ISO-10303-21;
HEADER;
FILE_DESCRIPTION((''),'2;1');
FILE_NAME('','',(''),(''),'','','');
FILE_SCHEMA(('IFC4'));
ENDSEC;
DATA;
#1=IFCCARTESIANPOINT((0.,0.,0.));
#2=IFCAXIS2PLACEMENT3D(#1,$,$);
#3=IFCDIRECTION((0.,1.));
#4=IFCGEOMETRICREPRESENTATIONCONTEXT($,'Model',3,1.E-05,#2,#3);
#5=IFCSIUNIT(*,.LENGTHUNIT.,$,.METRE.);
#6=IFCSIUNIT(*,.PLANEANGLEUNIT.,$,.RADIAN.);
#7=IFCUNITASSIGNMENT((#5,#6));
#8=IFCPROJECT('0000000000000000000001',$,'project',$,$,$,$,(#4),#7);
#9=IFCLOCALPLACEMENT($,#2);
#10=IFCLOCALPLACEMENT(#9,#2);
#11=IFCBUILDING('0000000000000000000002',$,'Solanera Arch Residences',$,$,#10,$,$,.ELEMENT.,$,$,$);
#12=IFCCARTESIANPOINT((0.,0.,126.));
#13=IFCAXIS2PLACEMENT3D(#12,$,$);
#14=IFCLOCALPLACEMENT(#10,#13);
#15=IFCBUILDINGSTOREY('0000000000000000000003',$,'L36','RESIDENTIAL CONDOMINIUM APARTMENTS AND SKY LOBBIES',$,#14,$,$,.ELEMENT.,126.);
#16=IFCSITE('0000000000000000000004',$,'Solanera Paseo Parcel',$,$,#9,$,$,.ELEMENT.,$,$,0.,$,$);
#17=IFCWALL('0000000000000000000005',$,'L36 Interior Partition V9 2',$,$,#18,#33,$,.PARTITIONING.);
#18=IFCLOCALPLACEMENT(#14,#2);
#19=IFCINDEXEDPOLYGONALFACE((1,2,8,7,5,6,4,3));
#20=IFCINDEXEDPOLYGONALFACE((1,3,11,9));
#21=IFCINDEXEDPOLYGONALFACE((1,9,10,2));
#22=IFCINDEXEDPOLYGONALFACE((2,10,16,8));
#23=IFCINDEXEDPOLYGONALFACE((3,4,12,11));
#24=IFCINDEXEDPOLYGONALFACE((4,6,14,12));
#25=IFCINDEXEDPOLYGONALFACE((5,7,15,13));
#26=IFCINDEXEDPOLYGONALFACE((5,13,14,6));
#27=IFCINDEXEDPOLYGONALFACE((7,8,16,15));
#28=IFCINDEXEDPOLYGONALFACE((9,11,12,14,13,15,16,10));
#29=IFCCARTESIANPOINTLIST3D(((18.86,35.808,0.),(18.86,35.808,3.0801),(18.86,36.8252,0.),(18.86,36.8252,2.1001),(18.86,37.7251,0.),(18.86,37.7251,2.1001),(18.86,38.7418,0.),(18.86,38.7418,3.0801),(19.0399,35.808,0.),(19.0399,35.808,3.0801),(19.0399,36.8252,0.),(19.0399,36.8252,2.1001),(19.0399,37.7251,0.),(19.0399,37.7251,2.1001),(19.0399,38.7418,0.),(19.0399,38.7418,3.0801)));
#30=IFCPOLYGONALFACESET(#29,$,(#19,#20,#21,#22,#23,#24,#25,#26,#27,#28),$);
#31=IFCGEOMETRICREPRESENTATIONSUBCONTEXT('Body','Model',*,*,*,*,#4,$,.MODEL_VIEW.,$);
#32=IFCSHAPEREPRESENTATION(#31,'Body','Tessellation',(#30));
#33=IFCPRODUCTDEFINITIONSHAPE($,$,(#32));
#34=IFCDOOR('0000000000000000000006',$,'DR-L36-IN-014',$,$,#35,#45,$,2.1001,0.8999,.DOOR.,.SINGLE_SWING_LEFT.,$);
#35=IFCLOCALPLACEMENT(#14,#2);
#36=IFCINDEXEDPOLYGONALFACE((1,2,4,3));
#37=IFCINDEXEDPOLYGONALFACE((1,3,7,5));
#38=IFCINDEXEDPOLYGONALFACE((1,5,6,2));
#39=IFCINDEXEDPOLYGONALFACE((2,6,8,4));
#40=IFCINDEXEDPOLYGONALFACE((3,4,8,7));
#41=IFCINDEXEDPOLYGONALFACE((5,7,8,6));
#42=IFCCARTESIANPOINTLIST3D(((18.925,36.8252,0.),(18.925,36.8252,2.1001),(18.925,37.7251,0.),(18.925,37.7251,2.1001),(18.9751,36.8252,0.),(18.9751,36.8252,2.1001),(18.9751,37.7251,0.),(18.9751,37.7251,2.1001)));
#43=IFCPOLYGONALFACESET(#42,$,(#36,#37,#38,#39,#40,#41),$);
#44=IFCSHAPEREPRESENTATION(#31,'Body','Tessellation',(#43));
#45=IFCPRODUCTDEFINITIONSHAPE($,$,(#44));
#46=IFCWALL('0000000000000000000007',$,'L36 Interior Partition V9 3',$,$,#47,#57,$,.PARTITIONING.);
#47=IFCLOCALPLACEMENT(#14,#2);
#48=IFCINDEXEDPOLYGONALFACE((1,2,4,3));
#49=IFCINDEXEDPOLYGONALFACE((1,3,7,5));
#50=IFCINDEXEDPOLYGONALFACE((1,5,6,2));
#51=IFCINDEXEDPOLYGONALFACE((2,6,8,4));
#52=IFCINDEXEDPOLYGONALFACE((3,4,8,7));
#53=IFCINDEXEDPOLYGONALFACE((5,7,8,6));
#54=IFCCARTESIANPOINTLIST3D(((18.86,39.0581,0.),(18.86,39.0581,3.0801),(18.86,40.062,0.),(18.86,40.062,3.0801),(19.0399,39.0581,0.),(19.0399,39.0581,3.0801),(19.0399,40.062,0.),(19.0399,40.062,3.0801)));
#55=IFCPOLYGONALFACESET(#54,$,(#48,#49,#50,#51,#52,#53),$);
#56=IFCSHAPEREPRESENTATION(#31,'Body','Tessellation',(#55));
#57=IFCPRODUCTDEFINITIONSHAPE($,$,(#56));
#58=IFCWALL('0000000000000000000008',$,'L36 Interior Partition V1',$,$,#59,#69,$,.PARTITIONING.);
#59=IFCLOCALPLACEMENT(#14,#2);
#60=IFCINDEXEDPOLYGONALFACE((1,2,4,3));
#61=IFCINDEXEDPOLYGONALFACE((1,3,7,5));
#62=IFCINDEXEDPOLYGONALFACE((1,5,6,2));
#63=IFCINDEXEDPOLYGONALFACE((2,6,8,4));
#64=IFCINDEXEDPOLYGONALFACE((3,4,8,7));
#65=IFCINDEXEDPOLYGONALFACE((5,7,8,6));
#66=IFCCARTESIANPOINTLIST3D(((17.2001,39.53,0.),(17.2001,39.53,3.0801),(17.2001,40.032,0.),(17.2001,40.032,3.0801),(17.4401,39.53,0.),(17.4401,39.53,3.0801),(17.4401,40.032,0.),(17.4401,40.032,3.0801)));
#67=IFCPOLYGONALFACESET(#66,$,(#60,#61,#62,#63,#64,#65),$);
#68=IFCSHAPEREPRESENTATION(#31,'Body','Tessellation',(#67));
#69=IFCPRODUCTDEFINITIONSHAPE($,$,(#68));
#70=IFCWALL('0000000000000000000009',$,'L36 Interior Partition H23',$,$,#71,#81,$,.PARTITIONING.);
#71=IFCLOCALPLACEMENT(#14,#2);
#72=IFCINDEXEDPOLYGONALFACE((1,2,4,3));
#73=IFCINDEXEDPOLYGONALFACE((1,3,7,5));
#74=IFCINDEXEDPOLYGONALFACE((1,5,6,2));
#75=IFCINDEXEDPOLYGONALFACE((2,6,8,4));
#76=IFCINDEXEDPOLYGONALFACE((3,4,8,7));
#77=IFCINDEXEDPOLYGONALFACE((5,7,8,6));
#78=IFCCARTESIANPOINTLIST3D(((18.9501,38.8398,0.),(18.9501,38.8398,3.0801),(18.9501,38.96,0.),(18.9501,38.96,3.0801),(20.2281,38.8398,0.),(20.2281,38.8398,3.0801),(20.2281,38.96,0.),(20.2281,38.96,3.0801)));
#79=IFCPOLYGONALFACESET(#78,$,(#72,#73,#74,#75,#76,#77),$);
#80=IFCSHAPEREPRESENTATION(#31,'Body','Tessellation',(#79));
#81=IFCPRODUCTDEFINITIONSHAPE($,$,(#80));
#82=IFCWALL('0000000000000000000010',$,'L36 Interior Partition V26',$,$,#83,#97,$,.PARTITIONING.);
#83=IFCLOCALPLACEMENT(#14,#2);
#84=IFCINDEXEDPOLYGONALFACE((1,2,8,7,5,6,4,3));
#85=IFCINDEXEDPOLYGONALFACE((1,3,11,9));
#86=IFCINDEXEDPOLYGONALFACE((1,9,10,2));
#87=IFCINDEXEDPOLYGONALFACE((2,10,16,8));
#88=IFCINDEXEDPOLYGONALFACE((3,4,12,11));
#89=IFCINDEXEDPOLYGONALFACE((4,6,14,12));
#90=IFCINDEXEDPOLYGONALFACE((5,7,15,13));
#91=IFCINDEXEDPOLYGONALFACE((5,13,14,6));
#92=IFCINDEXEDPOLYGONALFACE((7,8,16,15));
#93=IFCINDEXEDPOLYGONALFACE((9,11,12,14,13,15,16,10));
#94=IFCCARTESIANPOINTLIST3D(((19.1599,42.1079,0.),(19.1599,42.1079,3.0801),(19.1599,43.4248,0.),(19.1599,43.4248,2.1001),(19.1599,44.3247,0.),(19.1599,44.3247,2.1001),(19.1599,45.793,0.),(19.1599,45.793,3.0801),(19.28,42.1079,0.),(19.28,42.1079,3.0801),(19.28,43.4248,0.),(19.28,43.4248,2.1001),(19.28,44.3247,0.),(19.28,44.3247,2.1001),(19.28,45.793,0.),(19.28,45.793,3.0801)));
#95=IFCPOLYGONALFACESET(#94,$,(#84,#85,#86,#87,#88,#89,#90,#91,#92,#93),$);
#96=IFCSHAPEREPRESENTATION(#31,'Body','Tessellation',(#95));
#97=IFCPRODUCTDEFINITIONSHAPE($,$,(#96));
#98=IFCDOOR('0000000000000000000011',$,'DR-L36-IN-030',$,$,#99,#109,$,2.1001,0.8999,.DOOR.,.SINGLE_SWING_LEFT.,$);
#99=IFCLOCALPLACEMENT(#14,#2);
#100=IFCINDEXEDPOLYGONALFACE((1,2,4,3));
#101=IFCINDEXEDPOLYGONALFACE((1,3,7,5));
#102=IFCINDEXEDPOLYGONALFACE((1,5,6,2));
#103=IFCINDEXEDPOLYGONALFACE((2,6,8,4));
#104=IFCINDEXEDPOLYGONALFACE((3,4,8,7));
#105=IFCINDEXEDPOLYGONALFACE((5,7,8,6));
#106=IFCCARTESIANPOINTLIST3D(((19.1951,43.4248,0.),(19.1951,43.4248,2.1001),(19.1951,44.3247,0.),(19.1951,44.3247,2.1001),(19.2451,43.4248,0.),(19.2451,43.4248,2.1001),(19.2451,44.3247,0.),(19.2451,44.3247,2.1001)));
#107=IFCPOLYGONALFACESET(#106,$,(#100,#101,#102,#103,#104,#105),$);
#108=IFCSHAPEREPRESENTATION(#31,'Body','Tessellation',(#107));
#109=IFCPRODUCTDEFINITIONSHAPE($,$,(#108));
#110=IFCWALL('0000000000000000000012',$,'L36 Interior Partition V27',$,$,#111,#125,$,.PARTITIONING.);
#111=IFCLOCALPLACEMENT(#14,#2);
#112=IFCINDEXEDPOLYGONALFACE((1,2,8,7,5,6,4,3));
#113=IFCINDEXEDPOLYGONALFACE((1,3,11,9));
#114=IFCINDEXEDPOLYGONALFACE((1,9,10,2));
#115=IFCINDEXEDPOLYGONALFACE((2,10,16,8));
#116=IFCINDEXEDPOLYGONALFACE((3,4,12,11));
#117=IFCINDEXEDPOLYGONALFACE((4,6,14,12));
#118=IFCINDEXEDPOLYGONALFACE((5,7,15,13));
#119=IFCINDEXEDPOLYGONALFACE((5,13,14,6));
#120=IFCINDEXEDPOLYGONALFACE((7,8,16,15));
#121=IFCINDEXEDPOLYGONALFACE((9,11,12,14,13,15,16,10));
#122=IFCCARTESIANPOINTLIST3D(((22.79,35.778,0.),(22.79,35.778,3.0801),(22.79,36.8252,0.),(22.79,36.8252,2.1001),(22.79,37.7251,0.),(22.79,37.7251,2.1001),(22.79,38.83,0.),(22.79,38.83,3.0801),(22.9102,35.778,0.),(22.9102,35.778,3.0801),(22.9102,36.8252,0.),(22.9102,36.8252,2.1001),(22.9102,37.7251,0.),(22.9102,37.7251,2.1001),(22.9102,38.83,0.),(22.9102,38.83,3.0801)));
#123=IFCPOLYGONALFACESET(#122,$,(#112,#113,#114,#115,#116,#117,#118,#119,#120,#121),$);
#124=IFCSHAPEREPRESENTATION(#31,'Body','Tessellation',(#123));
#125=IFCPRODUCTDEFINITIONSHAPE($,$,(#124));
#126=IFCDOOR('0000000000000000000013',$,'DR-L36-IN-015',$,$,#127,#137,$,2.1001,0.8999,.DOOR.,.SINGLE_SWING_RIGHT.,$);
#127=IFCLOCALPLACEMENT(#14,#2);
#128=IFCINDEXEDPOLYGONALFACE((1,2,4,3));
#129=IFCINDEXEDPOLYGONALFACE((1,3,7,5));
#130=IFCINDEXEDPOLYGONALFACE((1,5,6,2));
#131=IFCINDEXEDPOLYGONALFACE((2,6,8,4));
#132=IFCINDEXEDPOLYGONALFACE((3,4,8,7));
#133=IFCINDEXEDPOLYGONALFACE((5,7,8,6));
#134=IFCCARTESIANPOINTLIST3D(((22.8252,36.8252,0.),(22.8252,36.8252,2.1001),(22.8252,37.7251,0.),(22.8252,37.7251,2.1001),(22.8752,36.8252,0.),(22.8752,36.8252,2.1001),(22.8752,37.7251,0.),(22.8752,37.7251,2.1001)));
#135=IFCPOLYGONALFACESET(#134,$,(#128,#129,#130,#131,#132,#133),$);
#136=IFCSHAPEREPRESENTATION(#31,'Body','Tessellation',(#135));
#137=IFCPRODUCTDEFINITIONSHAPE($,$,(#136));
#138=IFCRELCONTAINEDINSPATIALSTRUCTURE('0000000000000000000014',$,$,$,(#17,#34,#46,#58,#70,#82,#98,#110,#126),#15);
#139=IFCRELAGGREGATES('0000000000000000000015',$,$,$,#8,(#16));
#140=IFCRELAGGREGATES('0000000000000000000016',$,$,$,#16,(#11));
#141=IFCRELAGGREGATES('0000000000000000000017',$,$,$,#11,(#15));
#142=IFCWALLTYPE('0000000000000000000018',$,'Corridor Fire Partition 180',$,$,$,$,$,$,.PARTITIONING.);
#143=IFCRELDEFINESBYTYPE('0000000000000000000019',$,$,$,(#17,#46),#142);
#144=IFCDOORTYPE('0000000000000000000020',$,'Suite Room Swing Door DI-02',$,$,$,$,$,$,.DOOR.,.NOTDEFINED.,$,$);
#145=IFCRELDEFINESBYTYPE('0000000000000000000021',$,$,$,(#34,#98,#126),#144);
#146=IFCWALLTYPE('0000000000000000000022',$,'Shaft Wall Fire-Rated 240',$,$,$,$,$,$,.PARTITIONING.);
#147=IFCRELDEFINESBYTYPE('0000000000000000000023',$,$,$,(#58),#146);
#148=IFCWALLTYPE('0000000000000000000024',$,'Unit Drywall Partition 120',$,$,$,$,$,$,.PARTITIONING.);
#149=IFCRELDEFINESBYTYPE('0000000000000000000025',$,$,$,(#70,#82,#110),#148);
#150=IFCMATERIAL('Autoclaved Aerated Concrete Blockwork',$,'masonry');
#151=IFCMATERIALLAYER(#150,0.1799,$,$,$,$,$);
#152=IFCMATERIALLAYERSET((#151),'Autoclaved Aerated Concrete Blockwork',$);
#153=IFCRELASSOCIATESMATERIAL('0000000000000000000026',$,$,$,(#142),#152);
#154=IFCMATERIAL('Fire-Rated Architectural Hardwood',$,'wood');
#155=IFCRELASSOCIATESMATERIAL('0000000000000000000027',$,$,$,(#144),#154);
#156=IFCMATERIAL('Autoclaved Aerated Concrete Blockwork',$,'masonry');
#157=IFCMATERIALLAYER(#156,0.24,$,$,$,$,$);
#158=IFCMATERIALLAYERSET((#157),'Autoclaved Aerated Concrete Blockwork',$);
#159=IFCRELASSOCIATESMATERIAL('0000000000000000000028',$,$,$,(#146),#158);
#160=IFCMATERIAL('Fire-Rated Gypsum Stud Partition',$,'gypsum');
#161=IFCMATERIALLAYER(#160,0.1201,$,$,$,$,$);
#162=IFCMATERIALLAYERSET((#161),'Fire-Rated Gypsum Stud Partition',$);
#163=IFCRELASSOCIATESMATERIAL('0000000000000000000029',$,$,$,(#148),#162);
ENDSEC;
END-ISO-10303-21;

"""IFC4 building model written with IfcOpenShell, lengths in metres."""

from ifc_helpers import new_model, si_unit, direction, frame, frame_2d, origin, place, context, subcontext, project, spatial, rectangle, extrude, material, layer, layer_set, type_object, element, fill, save


model = new_model("IFC4")

# Units and contexts
model_context = context("Model", 3, precision=1e-05, world=origin(), true_north=direction((0.0, 1.0)))
body_context = subcontext(model_context, "Body", "Model", "MODEL_VIEW")
ifc_project = project(units=[si_unit("LENGTHUNIT", "METRE"), si_unit("PLANEANGLEUNIT", "RADIAN")], contexts=[model_context])

# Site, building, storey
site_placement = place(None, origin())
site = spatial("IfcSite", under=ifc_project, at=site_placement, Name="Solanera Paseo Parcel", CompositionType="ELEMENT", RefElevation=0.0)
building_placement = place(site_placement, origin())
building = spatial("IfcBuilding", under=site, at=building_placement, Name="Solanera Arch Residences", CompositionType="ELEMENT")
storey_placement = place(building_placement, frame((0.0, 0.0, 126.0)))
storey = spatial("IfcBuildingStorey", under=building, at=storey_placement, Name="L36", Description="RESIDENTIAL CONDOMINIUM APARTMENTS AND SKY LOBBIES", CompositionType="ELEMENT", Elevation=126.0)

# Wall, opening, door
ifc_material_1 = material(Name="Autoclaved Aerated Concrete Blockwork", Category="masonry")
ifc_layer_1 = layer(ifc_material_1, 0.1799)
ifc_layer_set_1 = layer_set([ifc_layer_1], Name="Autoclaved Aerated Concrete Blockwork")
wall_type_1 = type_object("IfcWallType", Name="Corridor Fire Partition 180", PredefinedType="PARTITIONING", material=ifc_layer_set_1)
wall_1_placement = place(storey_placement, frame((18.95, 35.8081, 0.0), z_axis=(0.0, 0.0, 1.0), x_axis=(0.0, 1.0, 0.0)))
wall_1 = element("IfcWall", 1, at=wall_1_placement, inside=storey, type_object=wall_type_1, Name="L36 Interior Partition V9 2", PredefinedType="PARTITIONING", context=body_context, shape_type="SweptSolid", body=[
    extrude(rectangle(XDim=2.9338, YDim=0.1799, at=frame_2d((1.4668, 0.0))), origin(), (0.0, 0.0, 1.0), 3.0801),
])
opening_1_placement = place(wall_1_placement, frame((1.0171, 0.0, 0.0)))
opening_1 = element("IfcOpeningElement", 2, at=opening_1_placement, cuts=wall_1, PredefinedType="OPENING", context=body_context, shape_type="SweptSolid", body=[
    extrude(rectangle(XDim=0.8999, YDim=2.1001, at=frame_2d((0.45, 1.05))), frame((0.0, 0.1001, 0.0), z_axis=(0.0, -1.0, 0.0), x_axis=(1.0, 0.0, 0.0)), (0.0, 0.0, 1.0), 0.1999),
])
ifc_material_2 = material(Name="Fire-Rated Architectural Hardwood", Category="wood")
door_type = type_object("IfcDoorType", Name="Suite Room Swing Door DI-02", OperationType="NOTDEFINED", PredefinedType="DOOR", material=ifc_material_2)
door_1_placement = place(opening_1_placement, origin())
door_1 = element("IfcDoor", 3, at=door_1_placement, inside=storey, type_object=door_type, Name="DR-L36-IN-014", OperationType="SINGLE_SWING_LEFT", OverallHeight=2.1001, OverallWidth=0.8999, PredefinedType="DOOR", context=body_context, shape_type="SweptSolid", body=[
    extrude(rectangle(XDim=0.8999, YDim=2.1001, at=frame_2d((0.45, 1.05))), frame((0.0, 0.0249, 0.0), z_axis=(0.0, -1.0, 0.0), x_axis=(1.0, 0.0, 0.0)), (0.0, 0.0, 1.0), 0.05),
])
fill(opening_1, door_1)

# Walls
wall_2_placement = place(storey_placement, frame((18.95, 39.0581, 0.0), z_axis=(0.0, 0.0, 1.0), x_axis=(0.0, 1.0, 0.0)))
element("IfcWall", 4, at=wall_2_placement, inside=storey, type_object=wall_type_1, Name="L36 Interior Partition V9 3", PredefinedType="PARTITIONING", context=body_context, shape_type="SweptSolid", body=[
    extrude(rectangle(XDim=1.0039, YDim=0.1799, at=frame_2d((0.502, 0.0))), origin(), (0.0, 0.0, 1.0), 3.0801),
])
ifc_material_3 = material(Name="Autoclaved Aerated Concrete Blockwork", Category="masonry")
ifc_layer_2 = layer(ifc_material_3, 0.24)
ifc_layer_set_2 = layer_set([ifc_layer_2], Name="Autoclaved Aerated Concrete Blockwork")
wall_type_2 = type_object("IfcWallType", Name="Shaft Wall Fire-Rated 240", PredefinedType="PARTITIONING", material=ifc_layer_set_2)
wall_3_placement = place(storey_placement, frame((17.3201, 39.53, 0.0), z_axis=(0.0, 0.0, 1.0), x_axis=(0.0, 1.0, 0.0)))
element("IfcWall", 5, at=wall_3_placement, inside=storey, type_object=wall_type_2, Name="L36 Interior Partition V1", PredefinedType="PARTITIONING", context=body_context, shape_type="SweptSolid", body=[
    extrude(rectangle(XDim=0.502, YDim=0.24, at=frame_2d((0.251, 0.0))), origin(), (0.0, 0.0, 1.0), 3.0801),
])
ifc_material_4 = material(Name="Fire-Rated Gypsum Stud Partition", Category="gypsum")
ifc_layer_3 = layer(ifc_material_4, 0.1201)
ifc_layer_set_3 = layer_set([ifc_layer_3], Name="Fire-Rated Gypsum Stud Partition")
wall_type_3 = type_object("IfcWallType", Name="Unit Drywall Partition 120", PredefinedType="PARTITIONING", material=ifc_layer_set_3)
wall_4_placement = place(storey_placement, frame((18.95, 38.8999, 0.0), z_axis=(0.0, 0.0, 1.0), x_axis=(1.0, 0.0, 0.0)))
element("IfcWall", 6, at=wall_4_placement, inside=storey, type_object=wall_type_3, Name="L36 Interior Partition H23", PredefinedType="PARTITIONING", context=body_context, shape_type="SweptSolid", body=[
    extrude(rectangle(XDim=1.2781, YDim=0.1201, at=frame_2d((0.6392, 0.0))), origin(), (0.0, 0.0, 1.0), 3.0801),
])

# Walls, openings, doors
wall_5_placement = place(storey_placement, frame((19.22, 42.1079, 0.0), z_axis=(0.0, 0.0, 1.0), x_axis=(0.0, 1.0, 0.0)))
wall_5 = element("IfcWall", 7, at=wall_5_placement, inside=storey, type_object=wall_type_3, Name="L36 Interior Partition V26", PredefinedType="PARTITIONING", context=body_context, shape_type="SweptSolid", body=[
    extrude(rectangle(XDim=3.6851, YDim=0.1201, at=frame_2d((1.8425, 0.0))), origin(), (0.0, 0.0, 1.0), 3.0801),
])
opening_2_placement = place(wall_5_placement, frame((1.3169, 0.0, 0.0)))
opening_2 = element("IfcOpeningElement", 8, at=opening_2_placement, cuts=wall_5, PredefinedType="OPENING", context=body_context, shape_type="SweptSolid", body=[
    extrude(rectangle(XDim=0.8999, YDim=2.1001, at=frame_2d((0.45, 1.05))), frame((0.0, 0.0701, 0.0), z_axis=(0.0, -1.0, 0.0), x_axis=(1.0, 0.0, 0.0)), (0.0, 0.0, 1.0), 0.1401),
])
door_2_placement = place(opening_2_placement, origin())
door_2 = element("IfcDoor", 9, at=door_2_placement, inside=storey, type_object=door_type, Name="DR-L36-IN-030", OperationType="SINGLE_SWING_LEFT", OverallHeight=2.1001, OverallWidth=0.8999, PredefinedType="DOOR", context=body_context, shape_type="SweptSolid", body=[
    extrude(rectangle(XDim=0.8999, YDim=2.1001, at=frame_2d((0.45, 1.05))), frame((0.0, 0.0249, 0.0), z_axis=(0.0, -1.0, 0.0), x_axis=(1.0, 0.0, 0.0)), (0.0, 0.0, 1.0), 0.05),
])
fill(opening_2, door_2)
wall_6_placement = place(storey_placement, frame((22.8501, 35.7781, 0.0), z_axis=(0.0, 0.0, 1.0), x_axis=(0.0, 1.0, 0.0)))
wall_6 = element("IfcWall", 10, at=wall_6_placement, inside=storey, type_object=wall_type_3, Name="L36 Interior Partition V27", PredefinedType="PARTITIONING", context=body_context, shape_type="SweptSolid", body=[
    extrude(rectangle(XDim=3.052, YDim=0.1201, at=frame_2d((1.5259, 0.0))), origin(), (0.0, 0.0, 1.0), 3.0801),
])
opening_3_placement = place(wall_6_placement, frame((1.0471, 0.0, 0.0)))
opening_3 = element("IfcOpeningElement", 11, at=opening_3_placement, cuts=wall_6, PredefinedType="OPENING", context=body_context, shape_type="SweptSolid", body=[
    extrude(rectangle(XDim=0.8999, YDim=2.1001, at=frame_2d((0.45, 1.05))), frame((0.0, 0.0701, 0.0), z_axis=(0.0, -1.0, 0.0), x_axis=(1.0, 0.0, 0.0)), (0.0, 0.0, 1.0), 0.1401),
])
door_3_placement = place(opening_3_placement, origin())
door_3 = element("IfcDoor", 12, at=door_3_placement, inside=storey, type_object=door_type, Name="DR-L36-IN-015", OperationType="SINGLE_SWING_RIGHT", OverallHeight=2.1001, OverallWidth=0.8999, PredefinedType="DOOR", context=body_context, shape_type="SweptSolid", body=[
    extrude(rectangle(XDim=0.8999, YDim=2.1001, at=frame_2d((0.45, 1.05))), frame((0.0, 0.0249, 0.0), z_axis=(0.0, -1.0, 0.0), x_axis=(1.0, 0.0, 0.0)), (0.0, 0.0, 1.0), 0.05),
])
fill(opening_3, door_3)

save(model, "model.ifc")
